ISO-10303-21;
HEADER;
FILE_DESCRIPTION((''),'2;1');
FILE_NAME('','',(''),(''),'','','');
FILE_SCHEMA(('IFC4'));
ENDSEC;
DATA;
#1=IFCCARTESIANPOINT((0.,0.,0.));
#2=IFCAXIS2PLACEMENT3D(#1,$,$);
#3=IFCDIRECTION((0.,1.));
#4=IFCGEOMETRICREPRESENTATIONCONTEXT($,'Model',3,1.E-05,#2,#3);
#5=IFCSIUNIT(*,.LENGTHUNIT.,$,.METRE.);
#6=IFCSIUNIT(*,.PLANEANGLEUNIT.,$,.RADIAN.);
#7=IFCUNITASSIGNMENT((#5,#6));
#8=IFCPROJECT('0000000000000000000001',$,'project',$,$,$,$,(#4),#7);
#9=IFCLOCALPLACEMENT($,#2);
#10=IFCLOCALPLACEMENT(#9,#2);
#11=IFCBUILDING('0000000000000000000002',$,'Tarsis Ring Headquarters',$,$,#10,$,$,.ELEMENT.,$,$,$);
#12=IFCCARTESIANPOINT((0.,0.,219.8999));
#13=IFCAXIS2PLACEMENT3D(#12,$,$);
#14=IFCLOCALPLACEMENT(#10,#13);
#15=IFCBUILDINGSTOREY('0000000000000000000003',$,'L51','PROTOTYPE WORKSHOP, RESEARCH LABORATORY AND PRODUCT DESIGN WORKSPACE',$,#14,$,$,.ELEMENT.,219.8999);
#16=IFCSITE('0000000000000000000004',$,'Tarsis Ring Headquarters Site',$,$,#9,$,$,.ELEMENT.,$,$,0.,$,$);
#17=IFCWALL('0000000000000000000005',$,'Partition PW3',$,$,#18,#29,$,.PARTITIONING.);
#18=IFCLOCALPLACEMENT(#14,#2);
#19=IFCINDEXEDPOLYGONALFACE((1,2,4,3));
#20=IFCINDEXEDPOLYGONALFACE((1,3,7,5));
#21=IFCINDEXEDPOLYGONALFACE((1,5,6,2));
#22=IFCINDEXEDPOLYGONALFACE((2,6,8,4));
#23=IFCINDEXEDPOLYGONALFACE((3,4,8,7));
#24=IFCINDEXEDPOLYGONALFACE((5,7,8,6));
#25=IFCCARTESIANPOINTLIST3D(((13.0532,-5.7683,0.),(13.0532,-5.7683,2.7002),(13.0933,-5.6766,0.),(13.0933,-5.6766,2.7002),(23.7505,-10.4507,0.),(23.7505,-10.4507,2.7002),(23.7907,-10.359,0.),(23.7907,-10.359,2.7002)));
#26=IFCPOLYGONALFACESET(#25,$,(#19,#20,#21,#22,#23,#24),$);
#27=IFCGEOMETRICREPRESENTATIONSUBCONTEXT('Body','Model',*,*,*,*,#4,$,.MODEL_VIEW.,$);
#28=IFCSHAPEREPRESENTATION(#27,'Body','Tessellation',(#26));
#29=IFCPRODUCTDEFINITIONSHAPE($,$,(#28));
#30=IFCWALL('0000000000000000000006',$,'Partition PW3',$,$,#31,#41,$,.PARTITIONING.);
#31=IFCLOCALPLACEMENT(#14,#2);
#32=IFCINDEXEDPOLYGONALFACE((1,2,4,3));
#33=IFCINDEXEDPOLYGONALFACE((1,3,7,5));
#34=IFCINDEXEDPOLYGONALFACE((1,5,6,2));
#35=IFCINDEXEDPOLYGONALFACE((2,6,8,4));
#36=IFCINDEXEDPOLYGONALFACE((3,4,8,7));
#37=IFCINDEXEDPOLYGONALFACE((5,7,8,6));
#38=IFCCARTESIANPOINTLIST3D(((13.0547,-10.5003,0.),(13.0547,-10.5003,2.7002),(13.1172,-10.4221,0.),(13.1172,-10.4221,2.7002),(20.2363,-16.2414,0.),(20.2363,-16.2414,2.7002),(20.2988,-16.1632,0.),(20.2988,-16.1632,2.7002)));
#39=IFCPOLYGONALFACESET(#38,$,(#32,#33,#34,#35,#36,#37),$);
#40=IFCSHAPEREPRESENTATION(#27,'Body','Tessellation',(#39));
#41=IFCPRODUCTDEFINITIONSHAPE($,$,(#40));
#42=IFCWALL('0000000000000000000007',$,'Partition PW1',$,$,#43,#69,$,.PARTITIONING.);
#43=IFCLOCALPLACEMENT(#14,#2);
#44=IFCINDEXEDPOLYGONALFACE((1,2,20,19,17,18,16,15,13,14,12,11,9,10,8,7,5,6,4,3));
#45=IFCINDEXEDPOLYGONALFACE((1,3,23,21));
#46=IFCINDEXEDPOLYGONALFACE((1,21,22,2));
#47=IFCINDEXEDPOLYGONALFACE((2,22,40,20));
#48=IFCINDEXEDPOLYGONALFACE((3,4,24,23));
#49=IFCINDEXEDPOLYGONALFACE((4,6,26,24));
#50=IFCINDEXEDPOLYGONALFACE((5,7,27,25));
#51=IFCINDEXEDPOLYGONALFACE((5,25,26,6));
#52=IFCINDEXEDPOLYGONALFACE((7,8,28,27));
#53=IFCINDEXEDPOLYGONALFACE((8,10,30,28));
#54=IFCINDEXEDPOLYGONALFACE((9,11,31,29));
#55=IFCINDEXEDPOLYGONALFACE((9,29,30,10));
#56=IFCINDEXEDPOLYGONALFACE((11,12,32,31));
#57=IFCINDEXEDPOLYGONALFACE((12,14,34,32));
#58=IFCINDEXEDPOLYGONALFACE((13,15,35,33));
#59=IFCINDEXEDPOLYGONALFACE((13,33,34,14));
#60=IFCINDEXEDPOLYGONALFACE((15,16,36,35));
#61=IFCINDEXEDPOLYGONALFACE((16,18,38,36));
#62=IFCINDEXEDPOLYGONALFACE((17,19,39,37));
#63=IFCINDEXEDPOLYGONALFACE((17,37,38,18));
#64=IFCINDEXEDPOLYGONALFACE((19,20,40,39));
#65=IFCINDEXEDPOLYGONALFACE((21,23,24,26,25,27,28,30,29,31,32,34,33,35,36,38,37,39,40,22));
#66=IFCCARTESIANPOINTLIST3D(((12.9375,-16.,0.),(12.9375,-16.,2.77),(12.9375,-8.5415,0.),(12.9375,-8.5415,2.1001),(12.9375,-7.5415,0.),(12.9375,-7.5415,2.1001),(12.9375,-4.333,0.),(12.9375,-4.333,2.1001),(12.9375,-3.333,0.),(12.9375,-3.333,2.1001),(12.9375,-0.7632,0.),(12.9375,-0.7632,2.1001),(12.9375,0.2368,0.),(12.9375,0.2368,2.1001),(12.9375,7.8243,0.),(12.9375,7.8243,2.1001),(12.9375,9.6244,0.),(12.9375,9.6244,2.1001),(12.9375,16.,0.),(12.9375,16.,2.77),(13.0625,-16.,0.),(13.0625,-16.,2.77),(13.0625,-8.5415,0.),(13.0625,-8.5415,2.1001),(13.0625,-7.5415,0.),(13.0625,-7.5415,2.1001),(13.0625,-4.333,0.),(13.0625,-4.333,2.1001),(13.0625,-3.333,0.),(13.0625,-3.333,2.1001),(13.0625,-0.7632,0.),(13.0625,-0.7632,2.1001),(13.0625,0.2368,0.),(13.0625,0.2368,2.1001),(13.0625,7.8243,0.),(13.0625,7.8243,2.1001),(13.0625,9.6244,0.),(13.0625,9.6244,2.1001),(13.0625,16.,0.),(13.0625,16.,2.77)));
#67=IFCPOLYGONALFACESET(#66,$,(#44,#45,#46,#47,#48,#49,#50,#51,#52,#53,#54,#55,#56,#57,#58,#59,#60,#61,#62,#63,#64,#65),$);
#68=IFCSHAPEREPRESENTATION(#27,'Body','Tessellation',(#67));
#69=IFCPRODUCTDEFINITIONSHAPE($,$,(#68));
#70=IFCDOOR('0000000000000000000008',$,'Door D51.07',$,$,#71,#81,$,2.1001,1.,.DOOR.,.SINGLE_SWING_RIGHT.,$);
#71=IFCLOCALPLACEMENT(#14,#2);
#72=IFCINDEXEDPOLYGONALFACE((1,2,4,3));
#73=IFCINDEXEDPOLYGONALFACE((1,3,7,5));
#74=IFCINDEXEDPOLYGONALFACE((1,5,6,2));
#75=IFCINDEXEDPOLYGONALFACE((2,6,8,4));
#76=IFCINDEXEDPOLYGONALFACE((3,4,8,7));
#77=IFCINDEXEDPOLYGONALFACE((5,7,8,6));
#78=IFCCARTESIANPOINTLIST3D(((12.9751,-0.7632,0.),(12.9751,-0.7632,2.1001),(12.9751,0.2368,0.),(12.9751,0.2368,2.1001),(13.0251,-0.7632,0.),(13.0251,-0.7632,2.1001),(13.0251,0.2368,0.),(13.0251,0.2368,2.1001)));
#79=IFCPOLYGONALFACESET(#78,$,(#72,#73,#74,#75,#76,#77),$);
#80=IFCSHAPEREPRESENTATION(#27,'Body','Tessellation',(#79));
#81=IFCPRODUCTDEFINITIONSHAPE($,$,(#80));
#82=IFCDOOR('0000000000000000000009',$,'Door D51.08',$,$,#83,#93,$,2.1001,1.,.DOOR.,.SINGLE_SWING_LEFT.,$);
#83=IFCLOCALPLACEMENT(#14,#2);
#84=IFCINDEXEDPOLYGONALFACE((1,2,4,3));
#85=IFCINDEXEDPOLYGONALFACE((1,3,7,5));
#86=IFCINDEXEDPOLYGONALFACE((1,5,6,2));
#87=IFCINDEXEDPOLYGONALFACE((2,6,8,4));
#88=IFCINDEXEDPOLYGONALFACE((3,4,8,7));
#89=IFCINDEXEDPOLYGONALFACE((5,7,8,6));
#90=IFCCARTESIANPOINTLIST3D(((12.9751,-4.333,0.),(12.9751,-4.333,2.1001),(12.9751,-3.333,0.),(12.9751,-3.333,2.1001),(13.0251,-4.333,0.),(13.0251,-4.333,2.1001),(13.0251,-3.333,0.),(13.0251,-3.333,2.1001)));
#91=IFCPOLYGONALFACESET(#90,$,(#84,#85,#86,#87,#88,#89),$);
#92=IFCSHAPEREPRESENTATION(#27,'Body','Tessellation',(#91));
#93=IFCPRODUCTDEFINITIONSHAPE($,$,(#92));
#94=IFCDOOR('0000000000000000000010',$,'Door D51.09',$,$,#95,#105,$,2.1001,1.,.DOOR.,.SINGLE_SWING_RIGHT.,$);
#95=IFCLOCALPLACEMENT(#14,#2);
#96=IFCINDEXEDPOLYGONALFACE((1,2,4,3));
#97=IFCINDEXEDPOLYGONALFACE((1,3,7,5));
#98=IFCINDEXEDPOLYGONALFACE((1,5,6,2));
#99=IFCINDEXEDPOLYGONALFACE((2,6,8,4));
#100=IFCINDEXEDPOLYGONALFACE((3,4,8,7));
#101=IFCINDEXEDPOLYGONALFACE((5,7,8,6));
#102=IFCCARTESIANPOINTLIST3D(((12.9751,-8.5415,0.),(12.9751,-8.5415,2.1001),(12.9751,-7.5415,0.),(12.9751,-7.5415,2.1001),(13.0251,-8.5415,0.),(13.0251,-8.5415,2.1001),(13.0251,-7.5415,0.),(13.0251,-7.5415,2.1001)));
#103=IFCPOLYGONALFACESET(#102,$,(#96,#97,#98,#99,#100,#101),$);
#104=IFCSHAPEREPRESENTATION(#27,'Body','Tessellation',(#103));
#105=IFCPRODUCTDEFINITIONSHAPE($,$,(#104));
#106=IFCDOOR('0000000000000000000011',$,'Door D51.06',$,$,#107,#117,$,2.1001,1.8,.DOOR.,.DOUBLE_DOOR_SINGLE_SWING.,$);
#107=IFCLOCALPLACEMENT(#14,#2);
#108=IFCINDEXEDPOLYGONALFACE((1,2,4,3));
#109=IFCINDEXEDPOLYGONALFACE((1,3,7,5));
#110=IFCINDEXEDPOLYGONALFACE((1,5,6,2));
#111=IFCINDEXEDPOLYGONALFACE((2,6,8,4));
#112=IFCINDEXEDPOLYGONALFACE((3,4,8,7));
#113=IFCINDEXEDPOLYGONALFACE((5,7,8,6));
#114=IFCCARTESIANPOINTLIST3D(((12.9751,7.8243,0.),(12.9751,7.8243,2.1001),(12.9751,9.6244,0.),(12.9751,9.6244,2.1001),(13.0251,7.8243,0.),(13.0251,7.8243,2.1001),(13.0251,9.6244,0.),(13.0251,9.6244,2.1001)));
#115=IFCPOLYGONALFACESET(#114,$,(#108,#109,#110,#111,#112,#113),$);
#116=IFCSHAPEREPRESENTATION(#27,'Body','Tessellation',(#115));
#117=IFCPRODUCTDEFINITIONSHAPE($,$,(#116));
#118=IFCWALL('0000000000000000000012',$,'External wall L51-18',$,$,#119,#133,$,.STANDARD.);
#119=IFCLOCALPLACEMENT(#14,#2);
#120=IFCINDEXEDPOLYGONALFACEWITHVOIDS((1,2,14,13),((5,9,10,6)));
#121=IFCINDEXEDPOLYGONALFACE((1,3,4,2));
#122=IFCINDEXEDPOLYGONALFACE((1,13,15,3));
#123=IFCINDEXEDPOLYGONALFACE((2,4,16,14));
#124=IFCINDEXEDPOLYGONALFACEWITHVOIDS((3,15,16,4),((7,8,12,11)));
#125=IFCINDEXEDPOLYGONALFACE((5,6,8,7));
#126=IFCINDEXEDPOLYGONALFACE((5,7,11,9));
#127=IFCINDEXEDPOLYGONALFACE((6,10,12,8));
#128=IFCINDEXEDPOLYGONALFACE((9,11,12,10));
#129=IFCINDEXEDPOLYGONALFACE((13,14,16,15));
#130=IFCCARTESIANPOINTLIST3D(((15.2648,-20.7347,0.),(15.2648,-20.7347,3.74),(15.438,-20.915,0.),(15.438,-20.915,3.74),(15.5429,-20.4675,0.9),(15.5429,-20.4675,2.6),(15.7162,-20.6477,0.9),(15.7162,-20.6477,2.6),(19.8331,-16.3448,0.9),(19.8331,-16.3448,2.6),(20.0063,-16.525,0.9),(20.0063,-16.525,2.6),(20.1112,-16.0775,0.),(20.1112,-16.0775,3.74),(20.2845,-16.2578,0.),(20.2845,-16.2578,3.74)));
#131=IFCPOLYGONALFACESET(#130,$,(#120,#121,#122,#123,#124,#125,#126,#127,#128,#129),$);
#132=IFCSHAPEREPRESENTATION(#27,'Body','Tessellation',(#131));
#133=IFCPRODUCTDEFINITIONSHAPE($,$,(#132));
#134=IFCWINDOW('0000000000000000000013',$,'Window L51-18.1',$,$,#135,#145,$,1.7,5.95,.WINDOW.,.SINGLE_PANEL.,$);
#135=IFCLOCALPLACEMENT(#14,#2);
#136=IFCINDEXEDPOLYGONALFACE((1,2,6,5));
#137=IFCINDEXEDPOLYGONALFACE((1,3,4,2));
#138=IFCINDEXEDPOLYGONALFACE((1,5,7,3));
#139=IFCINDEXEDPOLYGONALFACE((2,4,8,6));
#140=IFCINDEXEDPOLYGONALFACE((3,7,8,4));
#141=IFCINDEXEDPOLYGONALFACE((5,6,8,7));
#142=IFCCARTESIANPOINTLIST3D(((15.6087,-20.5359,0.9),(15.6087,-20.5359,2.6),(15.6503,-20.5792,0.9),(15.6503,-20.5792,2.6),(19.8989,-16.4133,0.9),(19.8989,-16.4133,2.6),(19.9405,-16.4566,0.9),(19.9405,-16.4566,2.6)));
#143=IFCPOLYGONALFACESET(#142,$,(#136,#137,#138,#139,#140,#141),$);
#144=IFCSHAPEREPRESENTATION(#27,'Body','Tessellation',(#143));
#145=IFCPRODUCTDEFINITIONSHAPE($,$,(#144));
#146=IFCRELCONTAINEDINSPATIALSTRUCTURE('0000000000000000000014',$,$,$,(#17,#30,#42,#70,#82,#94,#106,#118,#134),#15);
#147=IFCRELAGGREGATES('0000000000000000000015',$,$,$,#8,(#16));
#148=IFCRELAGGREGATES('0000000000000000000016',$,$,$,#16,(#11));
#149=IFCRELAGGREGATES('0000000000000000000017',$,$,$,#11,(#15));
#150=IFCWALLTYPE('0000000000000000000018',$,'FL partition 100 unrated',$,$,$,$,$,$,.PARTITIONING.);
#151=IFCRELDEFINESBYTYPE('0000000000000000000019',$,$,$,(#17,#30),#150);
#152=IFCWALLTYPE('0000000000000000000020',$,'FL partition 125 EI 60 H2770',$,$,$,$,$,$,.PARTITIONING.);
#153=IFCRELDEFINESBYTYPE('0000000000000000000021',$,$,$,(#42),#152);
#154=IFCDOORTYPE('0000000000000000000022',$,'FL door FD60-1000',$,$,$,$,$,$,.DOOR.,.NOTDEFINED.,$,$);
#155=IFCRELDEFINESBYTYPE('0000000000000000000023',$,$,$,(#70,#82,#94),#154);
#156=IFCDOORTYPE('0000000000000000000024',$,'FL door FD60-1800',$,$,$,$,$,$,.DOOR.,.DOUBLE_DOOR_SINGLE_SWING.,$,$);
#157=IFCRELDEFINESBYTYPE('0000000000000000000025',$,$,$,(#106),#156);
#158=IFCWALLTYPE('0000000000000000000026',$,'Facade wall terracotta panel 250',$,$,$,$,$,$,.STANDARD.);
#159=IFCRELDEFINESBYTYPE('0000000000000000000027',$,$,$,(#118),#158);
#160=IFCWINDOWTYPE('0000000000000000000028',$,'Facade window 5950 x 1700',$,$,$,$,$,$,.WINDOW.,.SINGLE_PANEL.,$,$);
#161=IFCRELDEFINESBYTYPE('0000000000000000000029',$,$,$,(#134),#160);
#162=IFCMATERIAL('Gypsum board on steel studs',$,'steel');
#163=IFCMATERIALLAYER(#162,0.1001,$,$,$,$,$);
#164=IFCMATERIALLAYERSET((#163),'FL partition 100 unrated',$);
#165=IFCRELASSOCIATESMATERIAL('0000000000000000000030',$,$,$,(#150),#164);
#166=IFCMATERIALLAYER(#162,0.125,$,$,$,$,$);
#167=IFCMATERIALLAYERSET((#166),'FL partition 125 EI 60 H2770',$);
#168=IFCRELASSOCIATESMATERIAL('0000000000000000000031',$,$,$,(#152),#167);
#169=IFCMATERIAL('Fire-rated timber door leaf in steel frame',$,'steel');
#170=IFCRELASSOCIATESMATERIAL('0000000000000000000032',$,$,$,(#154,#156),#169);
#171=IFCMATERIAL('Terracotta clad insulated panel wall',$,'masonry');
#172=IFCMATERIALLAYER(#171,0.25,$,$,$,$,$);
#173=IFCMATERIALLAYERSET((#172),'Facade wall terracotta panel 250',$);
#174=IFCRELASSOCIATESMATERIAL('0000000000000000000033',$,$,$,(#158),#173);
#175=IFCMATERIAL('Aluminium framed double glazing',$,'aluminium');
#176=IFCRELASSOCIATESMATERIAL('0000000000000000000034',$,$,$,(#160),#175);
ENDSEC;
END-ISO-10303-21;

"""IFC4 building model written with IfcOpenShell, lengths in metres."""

from ifc_helpers import new_model, si_unit, direction, frame, frame_2d, origin, place, context, subcontext, project, spatial, rectangle, extrude, material, layer, layer_set, type_object, element, fill, save


model = new_model("IFC4")

# Units and contexts
model_context = context("Model", 3, precision=1e-05, world=origin(), true_north=direction((0.0, 1.0)))
body_context = subcontext(model_context, "Body", "Model", "MODEL_VIEW")
ifc_project = project(units=[si_unit("LENGTHUNIT", "METRE"), si_unit("PLANEANGLEUNIT", "RADIAN")], contexts=[model_context])

# Site, building, storey
site_placement = place(None, origin())
site = spatial("IfcSite", under=ifc_project, at=site_placement, Name="Tarsis Ring Headquarters Site", CompositionType="ELEMENT", RefElevation=0.0)
building_placement = place(site_placement, origin())
building = spatial("IfcBuilding", under=site, at=building_placement, Name="Tarsis Ring Headquarters", CompositionType="ELEMENT")
storey_placement = place(building_placement, frame((0.0, 0.0, 219.8999)))
storey = spatial("IfcBuildingStorey", under=building, at=storey_placement, Name="L51", Description="PROTOTYPE WORKSHOP, RESEARCH LABORATORY AND PRODUCT DESIGN WORKSPACE", CompositionType="ELEMENT", Elevation=219.8999)

# Walls
ifc_material_1 = material(Name="Gypsum board on steel studs", Category="steel")
ifc_layer_1 = layer(ifc_material_1, 0.1001)
ifc_layer_set_1 = layer_set([ifc_layer_1], Name="FL partition 100 unrated")
wall_type_1 = type_object("IfcWallType", Name="FL partition 100 unrated", PredefinedType="PARTITIONING", material=ifc_layer_set_1)
wall_1_placement = place(storey_placement, frame((13.0732, -5.7224, 0.0), z_axis=(0.0, 0.0, 1.0), x_axis=(0.916084, -0.400986, 0.0)))
element("IfcWall", 1, at=wall_1_placement, inside=storey, type_object=wall_type_1, Name="Partition PW3", PredefinedType="PARTITIONING", context=body_context, shape_type="SweptSolid", body=[
    extrude(rectangle(XDim=11.6772, YDim=0.1001, at=frame_2d((5.8386, 0.0))), origin(), (0.0, 0.0, 1.0), 2.7002),
])
wall_2_placement = place(storey_placement, frame((13.0859, -10.4612, 0.0), z_axis=(0.0, 0.0, 1.0), x_axis=(0.781086, -0.624423, 0.0)))
element("IfcWall", 2, at=wall_2_placement, inside=storey, type_object=wall_type_1, Name="Partition PW3", PredefinedType="PARTITIONING", context=body_context, shape_type="SweptSolid", body=[
    extrude(rectangle(XDim=9.1943, YDim=0.1001, at=frame_2d((4.5972, 0.0))), origin(), (0.0, 0.0, 1.0), 2.7002),
])

# Wall, openings, doors
ifc_layer_2 = layer(ifc_material_1, 0.125)
ifc_layer_set_2 = layer_set([ifc_layer_2], Name="FL partition 125 EI 60 H2770")
wall_type_2 = type_object("IfcWallType", Name="FL partition 125 EI 60 H2770", PredefinedType="PARTITIONING", material=ifc_layer_set_2)
wall_3_placement = place(storey_placement, frame((13.0, -16.0, 0.0), z_axis=(0.0, 0.0, 1.0), x_axis=(0.0, 1.0, 0.0)))
wall_3 = element("IfcWall", 3, at=wall_3_placement, inside=storey, type_object=wall_type_2, Name="Partition PW1", PredefinedType="PARTITIONING", context=body_context, shape_type="SweptSolid", body=[
    extrude(rectangle(XDim=32.0, YDim=0.125, at=frame_2d((16.0, 0.0))), origin(), (0.0, 0.0, 1.0), 2.77),
])
opening_1_placement = place(wall_3_placement, frame((23.8245, 0.0, 0.0)))
opening_1 = element("IfcOpeningElement", 4, at=opening_1_placement, cuts=wall_3, PredefinedType="OPENING", context=body_context, shape_type="SweptSolid", body=[
    extrude(rectangle(XDim=1.8, YDim=2.1001, at=frame_2d((0.8999, 1.05))), frame((0.0, 0.0725, 0.0), z_axis=(0.0, -1.0, 0.0), x_axis=(1.0, 0.0, 0.0)), (0.0, 0.0, 1.0), 0.145),
])
opening_2_placement = place(wall_3_placement, frame((15.2368, 0.0, 0.0)))
opening_2 = element("IfcOpeningElement", 5, at=opening_2_placement, cuts=wall_3, PredefinedType="OPENING", context=body_context, shape_type="SweptSolid", body=[
    extrude(rectangle(XDim=1.0, YDim=2.1001, at=frame_2d((0.5, 1.05))), frame((0.0, 0.0725, 0.0), z_axis=(0.0, -1.0, 0.0), x_axis=(1.0, 0.0, 0.0)), (0.0, 0.0, 1.0), 0.145),
])
opening_3_placement = place(wall_3_placement, frame((11.667, 0.0, 0.0)))
opening_3 = element("IfcOpeningElement", 6, at=opening_3_placement, cuts=wall_3, PredefinedType="OPENING", context=body_context, shape_type="SweptSolid", body=[
    extrude(rectangle(XDim=1.0, YDim=2.1001, at=frame_2d((0.5, 1.05))), frame((0.0, 0.0725, 0.0), z_axis=(0.0, -1.0, 0.0), x_axis=(1.0, 0.0, 0.0)), (0.0, 0.0, 1.0), 0.145),
])
opening_4_placement = place(wall_3_placement, frame((7.4585, 0.0, 0.0)))
opening_4 = element("IfcOpeningElement", 7, at=opening_4_placement, cuts=wall_3, PredefinedType="OPENING", context=body_context, shape_type="SweptSolid", body=[
    extrude(rectangle(XDim=1.0, YDim=2.1001, at=frame_2d((0.5, 1.05))), frame((0.0, 0.0725, 0.0), z_axis=(0.0, -1.0, 0.0), x_axis=(1.0, 0.0, 0.0)), (0.0, 0.0, 1.0), 0.145),
])
ifc_material_2 = material(Name="Fire-rated timber door leaf in steel frame", Category="steel")
door_type_1 = type_object("IfcDoorType", Name="FL door FD60-1000", OperationType="NOTDEFINED", PredefinedType="DOOR", material=ifc_material_2)
door_1_placement = place(opening_2_placement, origin())
door_1 = element("IfcDoor", 8, at=door_1_placement, inside=storey, type_object=door_type_1, Name="Door D51.07", OperationType="SINGLE_SWING_RIGHT", OverallHeight=2.1001, OverallWidth=1.0, PredefinedType="DOOR", context=body_context, shape_type="SweptSolid", body=[
    extrude(rectangle(XDim=1.0, YDim=2.1001, at=frame_2d((0.5, 1.05))), frame((0.0, 0.0249, 0.0), z_axis=(0.0, -1.0, 0.0), x_axis=(1.0, 0.0, 0.0)), (0.0, 0.0, 1.0), 0.05),
])
fill(opening_2, door_1)
door_2_placement = place(opening_3_placement, origin())
door_2 = element("IfcDoor", 9, at=door_2_placement, inside=storey, type_object=door_type_1, Name="Door D51.08", OperationType="SINGLE_SWING_LEFT", OverallHeight=2.1001, OverallWidth=1.0, PredefinedType="DOOR", context=body_context, shape_type="SweptSolid", body=[
    extrude(rectangle(XDim=1.0, YDim=2.1001, at=frame_2d((0.5, 1.05))), frame((0.0, 0.0249, 0.0), z_axis=(0.0, -1.0, 0.0), x_axis=(1.0, 0.0, 0.0)), (0.0, 0.0, 1.0), 0.05),
])
fill(opening_3, door_2)
door_3_placement = place(opening_4_placement, origin())
door_3 = element("IfcDoor", 10, at=door_3_placement, inside=storey, type_object=door_type_1, Name="Door D51.09", OperationType="SINGLE_SWING_RIGHT", OverallHeight=2.1001, OverallWidth=1.0, PredefinedType="DOOR", context=body_context, shape_type="SweptSolid", body=[
    extrude(rectangle(XDim=1.0, YDim=2.1001, at=frame_2d((0.5, 1.05))), frame((0.0, 0.0249, 0.0), z_axis=(0.0, -1.0, 0.0), x_axis=(1.0, 0.0, 0.0)), (0.0, 0.0, 1.0), 0.05),
])
fill(opening_4, door_3)
door_type_2 = type_object("IfcDoorType", Name="FL door FD60-1800", OperationType="DOUBLE_DOOR_SINGLE_SWING", PredefinedType="DOOR", material=ifc_material_2)
door_4_placement = place(opening_1_placement, origin())
door_4 = element("IfcDoor", 11, at=door_4_placement, inside=storey, type_object=door_type_2, Name="Door D51.06", OperationType="DOUBLE_DOOR_SINGLE_SWING", OverallHeight=2.1001, OverallWidth=1.8, PredefinedType="DOOR", context=body_context, shape_type="SweptSolid", body=[
    extrude(rectangle(XDim=1.8, YDim=2.1001, at=frame_2d((0.8999, 1.05))), frame((0.0, 0.0249, 0.0), z_axis=(0.0, -1.0, 0.0), x_axis=(1.0, 0.0, 0.0)), (0.0, 0.0, 1.0), 0.05),
])
fill(opening_1, door_4)

# Wall, opening, window
ifc_material_3 = material(Name="Terracotta clad insulated panel wall", Category="masonry")
ifc_layer_3 = layer(ifc_material_3, 0.25)
ifc_layer_set_3 = layer_set([ifc_layer_3], Name="Facade wall terracotta panel 250")
wall_type_3 = type_object("IfcWallType", Name="Facade wall terracotta panel 250", PredefinedType="STANDARD", material=ifc_layer_set_3)
wall_4_placement = place(storey_placement, frame((15.3513, -20.825, 0.0), z_axis=(0.0, 0.0, 1.0), x_axis=(0.721042, 0.692892, 0.0)))
wall_4 = element("IfcWall", 12, at=wall_4_placement, inside=storey, type_object=wall_type_3, Name="External wall L51-18", PredefinedType="STANDARD", context=body_context, shape_type="SweptSolid", body=[
    extrude(rectangle(XDim=6.7214, YDim=0.25, at=frame_2d((3.3608, 0.0))), origin(), (0.0, 0.0, 1.0), 3.74),
])
opening_5_placement = place(wall_4_placement, frame((0.3857, 0.0, 0.8999)))
opening_5 = element("IfcOpeningElement", 13, at=opening_5_placement, cuts=wall_4, PredefinedType="OPENING", context=body_context, shape_type="SweptSolid", body=[
    extrude(rectangle(XDim=5.95, YDim=1.7, at=frame_2d((2.9751, 0.8501))), frame((0.0, 0.135, 0.0), z_axis=(0.0, -1.0, 0.0), x_axis=(1.0, 0.0, 0.0)), (0.0, 0.0, 1.0), 0.27),
])
ifc_material_4 = material(Name="Aluminium framed double glazing", Category="aluminium")
window_type = type_object("IfcWindowType", Name="Facade window 5950 x 1700", PartitioningType="SINGLE_PANEL", PredefinedType="WINDOW", material=ifc_material_4)
window_placement = place(opening_5_placement, origin())
window = element("IfcWindow", 14, at=window_placement, inside=storey, type_object=window_type, Name="Window L51-18.1", OverallHeight=1.7, OverallWidth=5.95, PartitioningType="SINGLE_PANEL", PredefinedType="WINDOW", context=body_context, shape_type="SweptSolid", body=[
    extrude(rectangle(XDim=5.95, YDim=1.7, at=frame_2d((2.9751, 0.8501))), frame((0.0, 0.03, 0.0), z_axis=(0.0, -1.0, 0.0), x_axis=(1.0, 0.0, 0.0)), (0.0, 0.0, 1.0), 0.0601),
])
fill(opening_5, window)

save(model, "model.ifc")
